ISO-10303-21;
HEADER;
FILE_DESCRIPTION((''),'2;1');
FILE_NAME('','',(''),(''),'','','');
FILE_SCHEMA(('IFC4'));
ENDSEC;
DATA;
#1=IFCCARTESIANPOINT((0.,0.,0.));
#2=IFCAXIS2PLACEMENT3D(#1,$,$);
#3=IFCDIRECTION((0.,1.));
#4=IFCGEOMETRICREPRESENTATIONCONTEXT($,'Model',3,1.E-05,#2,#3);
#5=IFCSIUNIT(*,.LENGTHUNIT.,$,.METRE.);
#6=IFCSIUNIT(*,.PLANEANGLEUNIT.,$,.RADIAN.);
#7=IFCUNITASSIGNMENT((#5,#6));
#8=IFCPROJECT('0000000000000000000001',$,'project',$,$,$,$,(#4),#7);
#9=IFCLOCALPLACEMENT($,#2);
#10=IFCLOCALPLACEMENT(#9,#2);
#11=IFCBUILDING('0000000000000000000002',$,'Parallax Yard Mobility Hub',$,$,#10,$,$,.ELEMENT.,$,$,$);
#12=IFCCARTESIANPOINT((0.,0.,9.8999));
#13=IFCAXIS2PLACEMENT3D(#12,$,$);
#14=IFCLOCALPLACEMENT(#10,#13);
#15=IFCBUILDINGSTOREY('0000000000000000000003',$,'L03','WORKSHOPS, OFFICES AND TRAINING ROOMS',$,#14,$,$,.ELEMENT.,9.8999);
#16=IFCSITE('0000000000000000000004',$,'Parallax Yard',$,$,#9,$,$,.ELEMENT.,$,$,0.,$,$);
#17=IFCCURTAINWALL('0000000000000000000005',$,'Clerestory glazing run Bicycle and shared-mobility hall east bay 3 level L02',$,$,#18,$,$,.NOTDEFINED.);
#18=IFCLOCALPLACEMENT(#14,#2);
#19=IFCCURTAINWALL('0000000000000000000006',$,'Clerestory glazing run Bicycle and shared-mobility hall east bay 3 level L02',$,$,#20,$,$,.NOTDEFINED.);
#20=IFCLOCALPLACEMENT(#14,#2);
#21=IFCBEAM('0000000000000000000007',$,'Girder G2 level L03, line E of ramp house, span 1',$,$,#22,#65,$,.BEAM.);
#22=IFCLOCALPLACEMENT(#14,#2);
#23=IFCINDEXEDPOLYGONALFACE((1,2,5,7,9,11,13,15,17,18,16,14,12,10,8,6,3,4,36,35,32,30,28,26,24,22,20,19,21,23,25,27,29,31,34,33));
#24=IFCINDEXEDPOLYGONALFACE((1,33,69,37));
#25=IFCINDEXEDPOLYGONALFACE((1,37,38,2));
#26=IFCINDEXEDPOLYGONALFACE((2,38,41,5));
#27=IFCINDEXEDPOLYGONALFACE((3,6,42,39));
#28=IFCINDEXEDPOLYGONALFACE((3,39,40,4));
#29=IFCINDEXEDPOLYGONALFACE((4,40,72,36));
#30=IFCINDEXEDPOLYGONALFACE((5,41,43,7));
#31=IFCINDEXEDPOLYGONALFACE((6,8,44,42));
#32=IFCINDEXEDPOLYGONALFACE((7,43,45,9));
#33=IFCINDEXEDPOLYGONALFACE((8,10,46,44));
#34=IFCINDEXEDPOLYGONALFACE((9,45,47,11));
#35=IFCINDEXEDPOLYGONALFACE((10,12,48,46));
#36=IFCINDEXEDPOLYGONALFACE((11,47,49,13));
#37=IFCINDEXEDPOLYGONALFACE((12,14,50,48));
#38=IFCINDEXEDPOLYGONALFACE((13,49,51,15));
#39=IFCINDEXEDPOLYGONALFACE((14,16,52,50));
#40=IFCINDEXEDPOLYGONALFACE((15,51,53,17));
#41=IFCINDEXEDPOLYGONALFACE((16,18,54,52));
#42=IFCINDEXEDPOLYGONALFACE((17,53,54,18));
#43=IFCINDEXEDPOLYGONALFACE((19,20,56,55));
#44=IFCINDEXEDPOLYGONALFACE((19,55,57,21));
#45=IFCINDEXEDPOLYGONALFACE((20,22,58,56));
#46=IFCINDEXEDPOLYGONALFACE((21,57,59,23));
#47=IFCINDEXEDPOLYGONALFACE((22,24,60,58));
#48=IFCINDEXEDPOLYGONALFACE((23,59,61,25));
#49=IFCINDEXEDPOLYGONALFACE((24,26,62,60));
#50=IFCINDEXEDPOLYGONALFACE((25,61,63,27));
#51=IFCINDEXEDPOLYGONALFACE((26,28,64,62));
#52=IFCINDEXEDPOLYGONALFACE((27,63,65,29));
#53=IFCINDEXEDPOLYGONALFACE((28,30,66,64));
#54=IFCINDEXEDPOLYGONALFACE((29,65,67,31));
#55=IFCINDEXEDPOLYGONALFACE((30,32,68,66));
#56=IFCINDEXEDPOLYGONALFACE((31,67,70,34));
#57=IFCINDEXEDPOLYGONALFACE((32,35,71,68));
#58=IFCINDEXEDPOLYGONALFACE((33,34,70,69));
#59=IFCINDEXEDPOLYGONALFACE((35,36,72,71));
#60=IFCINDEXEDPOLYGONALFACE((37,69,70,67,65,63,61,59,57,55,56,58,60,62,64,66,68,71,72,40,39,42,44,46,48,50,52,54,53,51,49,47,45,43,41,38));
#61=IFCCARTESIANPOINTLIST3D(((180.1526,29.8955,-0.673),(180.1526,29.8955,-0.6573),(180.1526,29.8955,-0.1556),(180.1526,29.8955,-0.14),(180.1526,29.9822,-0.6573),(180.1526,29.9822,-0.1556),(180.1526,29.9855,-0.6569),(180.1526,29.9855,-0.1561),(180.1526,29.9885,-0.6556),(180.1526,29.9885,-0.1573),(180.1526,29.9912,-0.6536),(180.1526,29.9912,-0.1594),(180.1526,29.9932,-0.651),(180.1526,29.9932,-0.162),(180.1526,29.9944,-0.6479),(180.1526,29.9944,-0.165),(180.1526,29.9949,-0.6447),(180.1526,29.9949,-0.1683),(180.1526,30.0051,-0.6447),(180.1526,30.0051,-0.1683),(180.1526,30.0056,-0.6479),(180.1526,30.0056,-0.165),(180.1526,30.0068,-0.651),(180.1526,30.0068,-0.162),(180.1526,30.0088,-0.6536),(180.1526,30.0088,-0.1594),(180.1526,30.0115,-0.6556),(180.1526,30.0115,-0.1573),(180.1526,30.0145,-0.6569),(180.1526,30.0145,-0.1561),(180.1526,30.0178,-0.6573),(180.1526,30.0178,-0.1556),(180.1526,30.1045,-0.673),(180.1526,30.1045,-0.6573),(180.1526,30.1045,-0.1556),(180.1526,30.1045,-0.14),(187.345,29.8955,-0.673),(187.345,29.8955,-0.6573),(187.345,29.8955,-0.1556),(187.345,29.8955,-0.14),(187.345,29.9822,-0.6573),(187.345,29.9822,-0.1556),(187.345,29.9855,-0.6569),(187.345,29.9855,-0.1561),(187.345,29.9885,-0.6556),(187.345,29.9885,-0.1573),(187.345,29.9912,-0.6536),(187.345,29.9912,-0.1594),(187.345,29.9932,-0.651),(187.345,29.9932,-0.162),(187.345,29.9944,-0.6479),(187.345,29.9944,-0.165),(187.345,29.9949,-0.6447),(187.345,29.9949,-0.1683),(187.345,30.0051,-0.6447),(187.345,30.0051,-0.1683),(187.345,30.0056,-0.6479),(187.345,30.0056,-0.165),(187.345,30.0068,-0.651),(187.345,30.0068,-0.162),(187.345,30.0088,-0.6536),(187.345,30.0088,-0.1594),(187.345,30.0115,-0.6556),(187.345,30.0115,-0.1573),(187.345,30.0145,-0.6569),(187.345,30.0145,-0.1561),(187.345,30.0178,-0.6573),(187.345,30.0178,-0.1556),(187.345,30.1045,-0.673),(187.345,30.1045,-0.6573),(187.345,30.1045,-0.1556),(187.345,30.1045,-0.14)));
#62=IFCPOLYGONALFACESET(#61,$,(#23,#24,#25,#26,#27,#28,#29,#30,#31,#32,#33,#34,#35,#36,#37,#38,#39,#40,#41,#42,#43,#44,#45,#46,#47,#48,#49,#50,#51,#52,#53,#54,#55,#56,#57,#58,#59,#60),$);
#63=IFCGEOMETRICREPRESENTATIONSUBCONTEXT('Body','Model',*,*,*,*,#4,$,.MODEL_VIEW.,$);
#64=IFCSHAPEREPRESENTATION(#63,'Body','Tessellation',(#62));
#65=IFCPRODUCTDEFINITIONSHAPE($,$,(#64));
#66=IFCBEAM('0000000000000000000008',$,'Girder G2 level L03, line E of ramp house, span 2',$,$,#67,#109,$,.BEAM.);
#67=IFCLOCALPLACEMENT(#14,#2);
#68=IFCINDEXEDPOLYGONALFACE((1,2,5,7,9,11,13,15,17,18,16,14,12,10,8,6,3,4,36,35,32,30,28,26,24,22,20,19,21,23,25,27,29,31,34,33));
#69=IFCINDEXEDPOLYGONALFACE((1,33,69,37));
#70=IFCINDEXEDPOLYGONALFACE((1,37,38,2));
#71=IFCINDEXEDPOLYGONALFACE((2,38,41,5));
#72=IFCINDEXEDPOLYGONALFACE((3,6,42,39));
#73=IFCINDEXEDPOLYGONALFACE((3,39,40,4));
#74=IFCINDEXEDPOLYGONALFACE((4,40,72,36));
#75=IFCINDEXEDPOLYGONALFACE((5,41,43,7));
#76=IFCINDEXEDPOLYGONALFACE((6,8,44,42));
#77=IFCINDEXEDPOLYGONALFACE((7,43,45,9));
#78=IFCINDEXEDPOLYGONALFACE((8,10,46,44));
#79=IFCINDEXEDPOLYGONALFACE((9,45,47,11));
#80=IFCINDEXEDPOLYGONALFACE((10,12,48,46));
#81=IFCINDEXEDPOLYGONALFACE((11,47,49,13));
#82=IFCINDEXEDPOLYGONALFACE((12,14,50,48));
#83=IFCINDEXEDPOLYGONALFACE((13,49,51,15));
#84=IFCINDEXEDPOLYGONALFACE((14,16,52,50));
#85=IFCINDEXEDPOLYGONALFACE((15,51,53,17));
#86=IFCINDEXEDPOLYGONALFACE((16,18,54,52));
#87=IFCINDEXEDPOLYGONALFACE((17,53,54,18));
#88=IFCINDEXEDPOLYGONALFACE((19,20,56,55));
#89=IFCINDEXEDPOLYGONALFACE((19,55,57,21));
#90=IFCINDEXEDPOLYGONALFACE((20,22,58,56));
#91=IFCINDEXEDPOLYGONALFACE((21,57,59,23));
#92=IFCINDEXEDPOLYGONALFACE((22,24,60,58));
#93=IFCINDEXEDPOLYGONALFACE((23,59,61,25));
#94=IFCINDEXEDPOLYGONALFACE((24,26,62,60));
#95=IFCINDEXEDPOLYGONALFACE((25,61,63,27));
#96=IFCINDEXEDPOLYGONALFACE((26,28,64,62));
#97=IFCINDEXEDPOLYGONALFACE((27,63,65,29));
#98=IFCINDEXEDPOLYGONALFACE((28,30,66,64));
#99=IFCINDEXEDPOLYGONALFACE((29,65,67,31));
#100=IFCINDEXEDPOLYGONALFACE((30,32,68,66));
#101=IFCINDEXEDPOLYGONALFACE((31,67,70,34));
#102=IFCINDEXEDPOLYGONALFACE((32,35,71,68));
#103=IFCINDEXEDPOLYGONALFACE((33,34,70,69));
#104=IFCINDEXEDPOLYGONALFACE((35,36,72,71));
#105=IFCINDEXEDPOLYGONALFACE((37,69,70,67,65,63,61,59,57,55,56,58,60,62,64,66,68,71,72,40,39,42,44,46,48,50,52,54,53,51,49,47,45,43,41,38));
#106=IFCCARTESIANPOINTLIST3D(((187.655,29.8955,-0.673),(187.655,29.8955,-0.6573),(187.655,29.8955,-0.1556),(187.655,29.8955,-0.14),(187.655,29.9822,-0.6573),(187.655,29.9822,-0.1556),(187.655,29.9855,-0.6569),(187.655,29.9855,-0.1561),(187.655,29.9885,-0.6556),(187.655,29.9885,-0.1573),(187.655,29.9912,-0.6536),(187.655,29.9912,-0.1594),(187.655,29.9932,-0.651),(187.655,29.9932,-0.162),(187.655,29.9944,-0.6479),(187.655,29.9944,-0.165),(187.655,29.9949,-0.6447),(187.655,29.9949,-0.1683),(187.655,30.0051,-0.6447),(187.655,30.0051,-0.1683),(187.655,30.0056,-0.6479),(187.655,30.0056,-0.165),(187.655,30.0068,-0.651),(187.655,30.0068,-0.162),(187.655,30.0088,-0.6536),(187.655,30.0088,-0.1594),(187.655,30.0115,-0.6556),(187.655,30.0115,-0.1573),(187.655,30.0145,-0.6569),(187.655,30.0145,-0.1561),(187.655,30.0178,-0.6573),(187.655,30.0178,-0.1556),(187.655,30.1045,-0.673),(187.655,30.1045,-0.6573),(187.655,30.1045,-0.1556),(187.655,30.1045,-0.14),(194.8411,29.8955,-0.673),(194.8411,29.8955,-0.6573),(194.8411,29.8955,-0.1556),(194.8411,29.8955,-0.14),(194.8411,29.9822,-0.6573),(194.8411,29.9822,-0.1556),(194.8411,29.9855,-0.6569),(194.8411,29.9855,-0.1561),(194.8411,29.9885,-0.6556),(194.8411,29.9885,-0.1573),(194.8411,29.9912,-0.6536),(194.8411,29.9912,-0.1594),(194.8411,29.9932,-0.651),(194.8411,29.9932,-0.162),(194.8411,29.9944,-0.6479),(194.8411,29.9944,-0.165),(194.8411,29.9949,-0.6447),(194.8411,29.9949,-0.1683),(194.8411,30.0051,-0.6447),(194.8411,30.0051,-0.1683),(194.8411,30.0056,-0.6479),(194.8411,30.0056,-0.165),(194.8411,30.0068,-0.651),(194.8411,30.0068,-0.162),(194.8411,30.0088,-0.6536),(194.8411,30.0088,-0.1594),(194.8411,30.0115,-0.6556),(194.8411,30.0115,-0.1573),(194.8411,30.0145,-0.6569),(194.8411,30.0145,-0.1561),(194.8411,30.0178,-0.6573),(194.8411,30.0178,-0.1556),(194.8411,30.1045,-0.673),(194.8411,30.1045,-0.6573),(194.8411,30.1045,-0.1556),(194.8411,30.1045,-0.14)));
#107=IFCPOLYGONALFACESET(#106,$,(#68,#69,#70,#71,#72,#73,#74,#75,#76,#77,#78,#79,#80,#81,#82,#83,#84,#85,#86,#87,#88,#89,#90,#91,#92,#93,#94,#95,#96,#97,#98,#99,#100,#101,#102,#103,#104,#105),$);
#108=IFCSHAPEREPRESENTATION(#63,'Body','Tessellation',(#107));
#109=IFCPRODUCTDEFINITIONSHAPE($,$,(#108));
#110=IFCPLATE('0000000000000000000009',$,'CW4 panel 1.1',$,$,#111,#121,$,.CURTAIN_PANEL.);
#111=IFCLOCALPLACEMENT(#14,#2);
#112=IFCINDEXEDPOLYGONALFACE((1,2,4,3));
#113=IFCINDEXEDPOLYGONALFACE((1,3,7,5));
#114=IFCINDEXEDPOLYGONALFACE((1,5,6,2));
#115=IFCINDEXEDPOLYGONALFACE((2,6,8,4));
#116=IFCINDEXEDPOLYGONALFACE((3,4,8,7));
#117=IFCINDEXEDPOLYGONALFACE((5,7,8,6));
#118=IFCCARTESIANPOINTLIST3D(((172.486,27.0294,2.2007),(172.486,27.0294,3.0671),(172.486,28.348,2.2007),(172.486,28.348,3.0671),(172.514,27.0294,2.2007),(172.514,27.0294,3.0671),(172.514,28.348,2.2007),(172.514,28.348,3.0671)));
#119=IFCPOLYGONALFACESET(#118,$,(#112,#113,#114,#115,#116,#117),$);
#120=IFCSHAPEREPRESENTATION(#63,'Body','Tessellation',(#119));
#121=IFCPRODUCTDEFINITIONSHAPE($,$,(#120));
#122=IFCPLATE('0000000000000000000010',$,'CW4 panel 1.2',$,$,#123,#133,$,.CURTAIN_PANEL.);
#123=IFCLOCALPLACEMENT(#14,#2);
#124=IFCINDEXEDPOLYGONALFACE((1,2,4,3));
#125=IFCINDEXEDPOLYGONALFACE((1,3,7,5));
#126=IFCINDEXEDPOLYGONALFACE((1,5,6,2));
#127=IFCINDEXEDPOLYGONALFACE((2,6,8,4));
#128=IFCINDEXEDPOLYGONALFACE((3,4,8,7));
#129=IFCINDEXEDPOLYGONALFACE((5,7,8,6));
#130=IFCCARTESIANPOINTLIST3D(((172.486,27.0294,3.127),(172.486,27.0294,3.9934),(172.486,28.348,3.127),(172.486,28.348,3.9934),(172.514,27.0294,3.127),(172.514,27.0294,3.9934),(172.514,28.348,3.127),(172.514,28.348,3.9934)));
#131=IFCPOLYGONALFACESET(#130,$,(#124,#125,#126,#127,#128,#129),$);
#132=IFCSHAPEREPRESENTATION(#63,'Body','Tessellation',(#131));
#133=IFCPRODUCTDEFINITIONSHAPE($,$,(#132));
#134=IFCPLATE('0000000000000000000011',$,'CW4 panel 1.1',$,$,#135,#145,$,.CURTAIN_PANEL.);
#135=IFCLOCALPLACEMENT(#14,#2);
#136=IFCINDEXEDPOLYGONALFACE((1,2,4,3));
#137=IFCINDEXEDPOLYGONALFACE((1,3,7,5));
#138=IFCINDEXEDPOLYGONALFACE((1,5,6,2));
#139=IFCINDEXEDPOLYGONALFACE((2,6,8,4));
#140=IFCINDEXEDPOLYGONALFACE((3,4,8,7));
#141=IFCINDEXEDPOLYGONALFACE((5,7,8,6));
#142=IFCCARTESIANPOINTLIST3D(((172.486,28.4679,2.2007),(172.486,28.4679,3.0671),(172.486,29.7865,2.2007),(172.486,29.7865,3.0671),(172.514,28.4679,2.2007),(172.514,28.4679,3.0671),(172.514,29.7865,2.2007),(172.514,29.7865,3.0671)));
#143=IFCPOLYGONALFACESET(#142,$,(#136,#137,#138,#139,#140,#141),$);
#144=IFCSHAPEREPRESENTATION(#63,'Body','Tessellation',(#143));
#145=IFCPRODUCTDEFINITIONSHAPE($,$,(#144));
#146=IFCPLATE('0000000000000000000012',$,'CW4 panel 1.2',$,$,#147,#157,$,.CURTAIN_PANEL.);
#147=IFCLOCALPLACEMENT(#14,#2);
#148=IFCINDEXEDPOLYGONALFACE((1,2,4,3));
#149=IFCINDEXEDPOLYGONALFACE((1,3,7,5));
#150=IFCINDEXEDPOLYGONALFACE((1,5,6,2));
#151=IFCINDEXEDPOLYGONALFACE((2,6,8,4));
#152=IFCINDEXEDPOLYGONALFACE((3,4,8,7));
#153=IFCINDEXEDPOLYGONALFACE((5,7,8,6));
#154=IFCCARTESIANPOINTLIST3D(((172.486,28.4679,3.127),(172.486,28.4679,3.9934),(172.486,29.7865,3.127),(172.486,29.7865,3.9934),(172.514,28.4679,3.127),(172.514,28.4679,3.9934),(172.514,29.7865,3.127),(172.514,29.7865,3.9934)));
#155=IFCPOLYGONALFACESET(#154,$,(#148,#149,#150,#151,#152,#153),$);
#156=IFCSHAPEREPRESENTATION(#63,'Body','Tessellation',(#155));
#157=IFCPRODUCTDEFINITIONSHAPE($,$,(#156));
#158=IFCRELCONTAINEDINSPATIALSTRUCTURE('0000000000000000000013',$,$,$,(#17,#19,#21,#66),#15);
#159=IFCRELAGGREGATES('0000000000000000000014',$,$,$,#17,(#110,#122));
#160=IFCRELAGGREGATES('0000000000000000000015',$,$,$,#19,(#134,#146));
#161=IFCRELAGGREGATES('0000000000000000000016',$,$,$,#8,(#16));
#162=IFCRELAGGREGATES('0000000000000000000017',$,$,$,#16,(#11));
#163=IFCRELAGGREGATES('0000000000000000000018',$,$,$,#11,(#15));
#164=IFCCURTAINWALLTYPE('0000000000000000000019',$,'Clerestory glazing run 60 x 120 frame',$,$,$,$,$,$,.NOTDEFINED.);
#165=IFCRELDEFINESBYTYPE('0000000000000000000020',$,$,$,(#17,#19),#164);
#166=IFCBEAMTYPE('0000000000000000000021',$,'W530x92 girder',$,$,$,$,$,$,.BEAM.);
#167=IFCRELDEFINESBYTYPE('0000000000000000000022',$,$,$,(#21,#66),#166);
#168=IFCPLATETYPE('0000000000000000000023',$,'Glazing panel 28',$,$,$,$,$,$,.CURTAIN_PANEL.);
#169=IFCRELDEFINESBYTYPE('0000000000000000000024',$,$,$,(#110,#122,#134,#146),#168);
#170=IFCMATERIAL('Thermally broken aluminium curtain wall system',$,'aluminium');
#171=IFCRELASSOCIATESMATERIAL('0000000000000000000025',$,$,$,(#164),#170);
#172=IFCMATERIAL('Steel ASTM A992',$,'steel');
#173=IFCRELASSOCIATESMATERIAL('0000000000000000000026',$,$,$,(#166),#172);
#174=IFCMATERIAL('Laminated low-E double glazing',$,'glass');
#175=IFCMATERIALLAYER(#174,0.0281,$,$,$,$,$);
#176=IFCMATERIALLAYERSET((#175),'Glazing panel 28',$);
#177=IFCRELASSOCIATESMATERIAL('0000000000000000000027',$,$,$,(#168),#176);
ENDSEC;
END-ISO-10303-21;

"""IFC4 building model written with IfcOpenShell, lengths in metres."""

from ifc_helpers import new_model, si_unit, direction, frame, origin, origin_2d, place, context, subcontext, project, spatial, rectangle, i_section, extrude, material, layer, layer_set, material_profile, profile_set, type_object, element, aggregate, save


model = new_model("IFC4")

# Units and contexts
model_context = context("Model", 3, precision=1e-05, world=origin(), true_north=direction((0.0, 1.0)))
body_context = subcontext(model_context, "Body", "Model", "MODEL_VIEW")
ifc_project = project(units=[si_unit("LENGTHUNIT", "METRE"), si_unit("PLANEANGLEUNIT", "RADIAN")], contexts=[model_context])

# Site, building, storey
site_placement = place(None, origin())
site = spatial("IfcSite", under=ifc_project, at=site_placement, Name="Parallax Yard", CompositionType="ELEMENT", RefElevation=0.0)
building_placement = place(site_placement, origin())
building = spatial("IfcBuilding", under=site, at=building_placement, Name="Parallax Yard Mobility Hub", CompositionType="ELEMENT")
storey_placement = place(building_placement, frame((0.0, 0.0, 9.8999)))
storey = spatial("IfcBuildingStorey", under=building, at=storey_placement, Name="L03", Description="WORKSHOPS, OFFICES AND TRAINING ROOMS", CompositionType="ELEMENT", Elevation=9.8999)

# Shared definitions
ifc_material_1 = material(Name="Steel ASTM A992", Category="steel")

# Curtain wall
ifc_material_2 = material(Name="Thermally broken aluminium curtain wall system", Category="aluminium")
curtain_wall_type = type_object("IfcCurtainWallType", Name="Clerestory glazing run 60 x 120 frame", PredefinedType="NOTDEFINED", material=ifc_material_2)
curtain_wall_1_placement = place(storey_placement, origin())
curtain_wall_1 = element("IfcCurtainWall", 1, at=curtain_wall_1_placement, inside=storey, type_object=curtain_wall_type, Name="Clerestory glazing run Bicycle and shared-mobility hall east bay 3 level L02", PredefinedType="NOTDEFINED")

# Curtain wall
curtain_wall_2_placement = place(storey_placement, origin())
curtain_wall_2 = element("IfcCurtainWall", 2, at=curtain_wall_2_placement, inside=storey, type_object=curtain_wall_type, Name="Clerestory glazing run Bicycle and shared-mobility hall east bay 3 level L02", PredefinedType="NOTDEFINED")

# Beams
ifc_material_profile_1 = material_profile(ifc_material_1, i_section(OverallWidth=0.209, OverallDepth=0.533, WebThickness=0.0103, FlangeThickness=0.0156, FilletRadius=0.0127, at=origin_2d()), Name="W530x92")
ifc_profile_set_1 = profile_set([ifc_material_profile_1], Name="Steel ASTM A992")
beam_type_1 = type_object("IfcBeamType", Name="W530x92 girder", PredefinedType="BEAM", material=ifc_profile_set_1)
beam_1_placement = place(storey_placement, frame((180.1526, 30.0, -0.4065), z_axis=(1.0, 0.0, 0.0), x_axis=(0.0, 1.0, 0.0)))
element("IfcBeam", 3, at=beam_1_placement, inside=storey, type_object=beam_type_1, Name="Girder G2 level L03, line E of ramp house, span 1", PredefinedType="BEAM", context=body_context, shape_type="SweptSolid", body=[
    extrude(i_section(OverallWidth=0.209, OverallDepth=0.533, WebThickness=0.0103, FlangeThickness=0.0156, FilletRadius=0.0127, at=origin_2d()), origin(), (0.0, 0.0, 1.0), 7.1924),
])
beam_2_placement = place(storey_placement, frame((187.655, 30.0, -0.4065), z_axis=(1.0, 0.0, 0.0), x_axis=(0.0, 1.0, 0.0)))
element("IfcBeam", 4, at=beam_2_placement, inside=storey, type_object=beam_type_1, Name="Girder G2 level L03, line E of ramp house, span 2", PredefinedType="BEAM", context=body_context, shape_type="SweptSolid", body=[
    extrude(i_section(OverallWidth=0.209, OverallDepth=0.533, WebThickness=0.0103, FlangeThickness=0.0156, FilletRadius=0.0127, at=origin_2d()), origin(), (0.0, 0.0, 1.0), 7.186),
])

# Plates
ifc_material_3 = material(Name="Laminated low-E double glazing", Category="glass")
ifc_layer_1 = layer(ifc_material_3, 0.0281)
ifc_layer_set_1 = layer_set([ifc_layer_1], Name="Glazing panel 28")
plate_type = type_object("IfcPlateType", Name="Glazing panel 28", PredefinedType="CURTAIN_PANEL", material=ifc_layer_set_1)
plate_1_placement = place(storey_placement, frame((172.5, 27.6887, 2.2007), z_axis=(0.0, 0.0, 1.0), x_axis=(0.0, 1.0, 0.0)))
plate_1 = element("IfcPlate", 5, at=plate_1_placement, type_object=plate_type, Name="CW4 panel 1.1", PredefinedType="CURTAIN_PANEL", context=body_context, shape_type="SweptSolid", body=[
    extrude(rectangle(XDim=1.3186, YDim=0.0281, at=origin_2d()), origin(), (0.0, 0.0, 1.0), 0.8665),
])
plate_2_placement = place(storey_placement, frame((172.5, 27.6887, 3.127), z_axis=(0.0, 0.0, 1.0), x_axis=(0.0, 1.0, 0.0)))
plate_2 = element("IfcPlate", 6, at=plate_2_placement, type_object=plate_type, Name="CW4 panel 1.2", PredefinedType="CURTAIN_PANEL", context=body_context, shape_type="SweptSolid", body=[
    extrude(rectangle(XDim=1.3186, YDim=0.0281, at=origin_2d()), origin(), (0.0, 0.0, 1.0), 0.8665),
])
aggregate(curtain_wall_1, [plate_1, plate_2])
plate_3_placement = place(storey_placement, frame((172.5, 29.1272, 2.2007), z_axis=(0.0, 0.0, 1.0), x_axis=(0.0, 1.0, 0.0)))
plate_3 = element("IfcPlate", 7, at=plate_3_placement, type_object=plate_type, Name="CW4 panel 1.1", PredefinedType="CURTAIN_PANEL", context=body_context, shape_type="SweptSolid", body=[
    extrude(rectangle(XDim=1.3186, YDim=0.0281, at=origin_2d()), origin(), (0.0, 0.0, 1.0), 0.8665),
])
plate_4_placement = place(storey_placement, frame((172.5, 29.1272, 3.127), z_axis=(0.0, 0.0, 1.0), x_axis=(0.0, 1.0, 0.0)))
plate_4 = element("IfcPlate", 8, at=plate_4_placement, type_object=plate_type, Name="CW4 panel 1.2", PredefinedType="CURTAIN_PANEL", context=body_context, shape_type="SweptSolid", body=[
    extrude(rectangle(XDim=1.3186, YDim=0.0281, at=origin_2d()), origin(), (0.0, 0.0, 1.0), 0.8665),
])
aggregate(curtain_wall_2, [plate_3, plate_4])

save(model, "model.ifc")
